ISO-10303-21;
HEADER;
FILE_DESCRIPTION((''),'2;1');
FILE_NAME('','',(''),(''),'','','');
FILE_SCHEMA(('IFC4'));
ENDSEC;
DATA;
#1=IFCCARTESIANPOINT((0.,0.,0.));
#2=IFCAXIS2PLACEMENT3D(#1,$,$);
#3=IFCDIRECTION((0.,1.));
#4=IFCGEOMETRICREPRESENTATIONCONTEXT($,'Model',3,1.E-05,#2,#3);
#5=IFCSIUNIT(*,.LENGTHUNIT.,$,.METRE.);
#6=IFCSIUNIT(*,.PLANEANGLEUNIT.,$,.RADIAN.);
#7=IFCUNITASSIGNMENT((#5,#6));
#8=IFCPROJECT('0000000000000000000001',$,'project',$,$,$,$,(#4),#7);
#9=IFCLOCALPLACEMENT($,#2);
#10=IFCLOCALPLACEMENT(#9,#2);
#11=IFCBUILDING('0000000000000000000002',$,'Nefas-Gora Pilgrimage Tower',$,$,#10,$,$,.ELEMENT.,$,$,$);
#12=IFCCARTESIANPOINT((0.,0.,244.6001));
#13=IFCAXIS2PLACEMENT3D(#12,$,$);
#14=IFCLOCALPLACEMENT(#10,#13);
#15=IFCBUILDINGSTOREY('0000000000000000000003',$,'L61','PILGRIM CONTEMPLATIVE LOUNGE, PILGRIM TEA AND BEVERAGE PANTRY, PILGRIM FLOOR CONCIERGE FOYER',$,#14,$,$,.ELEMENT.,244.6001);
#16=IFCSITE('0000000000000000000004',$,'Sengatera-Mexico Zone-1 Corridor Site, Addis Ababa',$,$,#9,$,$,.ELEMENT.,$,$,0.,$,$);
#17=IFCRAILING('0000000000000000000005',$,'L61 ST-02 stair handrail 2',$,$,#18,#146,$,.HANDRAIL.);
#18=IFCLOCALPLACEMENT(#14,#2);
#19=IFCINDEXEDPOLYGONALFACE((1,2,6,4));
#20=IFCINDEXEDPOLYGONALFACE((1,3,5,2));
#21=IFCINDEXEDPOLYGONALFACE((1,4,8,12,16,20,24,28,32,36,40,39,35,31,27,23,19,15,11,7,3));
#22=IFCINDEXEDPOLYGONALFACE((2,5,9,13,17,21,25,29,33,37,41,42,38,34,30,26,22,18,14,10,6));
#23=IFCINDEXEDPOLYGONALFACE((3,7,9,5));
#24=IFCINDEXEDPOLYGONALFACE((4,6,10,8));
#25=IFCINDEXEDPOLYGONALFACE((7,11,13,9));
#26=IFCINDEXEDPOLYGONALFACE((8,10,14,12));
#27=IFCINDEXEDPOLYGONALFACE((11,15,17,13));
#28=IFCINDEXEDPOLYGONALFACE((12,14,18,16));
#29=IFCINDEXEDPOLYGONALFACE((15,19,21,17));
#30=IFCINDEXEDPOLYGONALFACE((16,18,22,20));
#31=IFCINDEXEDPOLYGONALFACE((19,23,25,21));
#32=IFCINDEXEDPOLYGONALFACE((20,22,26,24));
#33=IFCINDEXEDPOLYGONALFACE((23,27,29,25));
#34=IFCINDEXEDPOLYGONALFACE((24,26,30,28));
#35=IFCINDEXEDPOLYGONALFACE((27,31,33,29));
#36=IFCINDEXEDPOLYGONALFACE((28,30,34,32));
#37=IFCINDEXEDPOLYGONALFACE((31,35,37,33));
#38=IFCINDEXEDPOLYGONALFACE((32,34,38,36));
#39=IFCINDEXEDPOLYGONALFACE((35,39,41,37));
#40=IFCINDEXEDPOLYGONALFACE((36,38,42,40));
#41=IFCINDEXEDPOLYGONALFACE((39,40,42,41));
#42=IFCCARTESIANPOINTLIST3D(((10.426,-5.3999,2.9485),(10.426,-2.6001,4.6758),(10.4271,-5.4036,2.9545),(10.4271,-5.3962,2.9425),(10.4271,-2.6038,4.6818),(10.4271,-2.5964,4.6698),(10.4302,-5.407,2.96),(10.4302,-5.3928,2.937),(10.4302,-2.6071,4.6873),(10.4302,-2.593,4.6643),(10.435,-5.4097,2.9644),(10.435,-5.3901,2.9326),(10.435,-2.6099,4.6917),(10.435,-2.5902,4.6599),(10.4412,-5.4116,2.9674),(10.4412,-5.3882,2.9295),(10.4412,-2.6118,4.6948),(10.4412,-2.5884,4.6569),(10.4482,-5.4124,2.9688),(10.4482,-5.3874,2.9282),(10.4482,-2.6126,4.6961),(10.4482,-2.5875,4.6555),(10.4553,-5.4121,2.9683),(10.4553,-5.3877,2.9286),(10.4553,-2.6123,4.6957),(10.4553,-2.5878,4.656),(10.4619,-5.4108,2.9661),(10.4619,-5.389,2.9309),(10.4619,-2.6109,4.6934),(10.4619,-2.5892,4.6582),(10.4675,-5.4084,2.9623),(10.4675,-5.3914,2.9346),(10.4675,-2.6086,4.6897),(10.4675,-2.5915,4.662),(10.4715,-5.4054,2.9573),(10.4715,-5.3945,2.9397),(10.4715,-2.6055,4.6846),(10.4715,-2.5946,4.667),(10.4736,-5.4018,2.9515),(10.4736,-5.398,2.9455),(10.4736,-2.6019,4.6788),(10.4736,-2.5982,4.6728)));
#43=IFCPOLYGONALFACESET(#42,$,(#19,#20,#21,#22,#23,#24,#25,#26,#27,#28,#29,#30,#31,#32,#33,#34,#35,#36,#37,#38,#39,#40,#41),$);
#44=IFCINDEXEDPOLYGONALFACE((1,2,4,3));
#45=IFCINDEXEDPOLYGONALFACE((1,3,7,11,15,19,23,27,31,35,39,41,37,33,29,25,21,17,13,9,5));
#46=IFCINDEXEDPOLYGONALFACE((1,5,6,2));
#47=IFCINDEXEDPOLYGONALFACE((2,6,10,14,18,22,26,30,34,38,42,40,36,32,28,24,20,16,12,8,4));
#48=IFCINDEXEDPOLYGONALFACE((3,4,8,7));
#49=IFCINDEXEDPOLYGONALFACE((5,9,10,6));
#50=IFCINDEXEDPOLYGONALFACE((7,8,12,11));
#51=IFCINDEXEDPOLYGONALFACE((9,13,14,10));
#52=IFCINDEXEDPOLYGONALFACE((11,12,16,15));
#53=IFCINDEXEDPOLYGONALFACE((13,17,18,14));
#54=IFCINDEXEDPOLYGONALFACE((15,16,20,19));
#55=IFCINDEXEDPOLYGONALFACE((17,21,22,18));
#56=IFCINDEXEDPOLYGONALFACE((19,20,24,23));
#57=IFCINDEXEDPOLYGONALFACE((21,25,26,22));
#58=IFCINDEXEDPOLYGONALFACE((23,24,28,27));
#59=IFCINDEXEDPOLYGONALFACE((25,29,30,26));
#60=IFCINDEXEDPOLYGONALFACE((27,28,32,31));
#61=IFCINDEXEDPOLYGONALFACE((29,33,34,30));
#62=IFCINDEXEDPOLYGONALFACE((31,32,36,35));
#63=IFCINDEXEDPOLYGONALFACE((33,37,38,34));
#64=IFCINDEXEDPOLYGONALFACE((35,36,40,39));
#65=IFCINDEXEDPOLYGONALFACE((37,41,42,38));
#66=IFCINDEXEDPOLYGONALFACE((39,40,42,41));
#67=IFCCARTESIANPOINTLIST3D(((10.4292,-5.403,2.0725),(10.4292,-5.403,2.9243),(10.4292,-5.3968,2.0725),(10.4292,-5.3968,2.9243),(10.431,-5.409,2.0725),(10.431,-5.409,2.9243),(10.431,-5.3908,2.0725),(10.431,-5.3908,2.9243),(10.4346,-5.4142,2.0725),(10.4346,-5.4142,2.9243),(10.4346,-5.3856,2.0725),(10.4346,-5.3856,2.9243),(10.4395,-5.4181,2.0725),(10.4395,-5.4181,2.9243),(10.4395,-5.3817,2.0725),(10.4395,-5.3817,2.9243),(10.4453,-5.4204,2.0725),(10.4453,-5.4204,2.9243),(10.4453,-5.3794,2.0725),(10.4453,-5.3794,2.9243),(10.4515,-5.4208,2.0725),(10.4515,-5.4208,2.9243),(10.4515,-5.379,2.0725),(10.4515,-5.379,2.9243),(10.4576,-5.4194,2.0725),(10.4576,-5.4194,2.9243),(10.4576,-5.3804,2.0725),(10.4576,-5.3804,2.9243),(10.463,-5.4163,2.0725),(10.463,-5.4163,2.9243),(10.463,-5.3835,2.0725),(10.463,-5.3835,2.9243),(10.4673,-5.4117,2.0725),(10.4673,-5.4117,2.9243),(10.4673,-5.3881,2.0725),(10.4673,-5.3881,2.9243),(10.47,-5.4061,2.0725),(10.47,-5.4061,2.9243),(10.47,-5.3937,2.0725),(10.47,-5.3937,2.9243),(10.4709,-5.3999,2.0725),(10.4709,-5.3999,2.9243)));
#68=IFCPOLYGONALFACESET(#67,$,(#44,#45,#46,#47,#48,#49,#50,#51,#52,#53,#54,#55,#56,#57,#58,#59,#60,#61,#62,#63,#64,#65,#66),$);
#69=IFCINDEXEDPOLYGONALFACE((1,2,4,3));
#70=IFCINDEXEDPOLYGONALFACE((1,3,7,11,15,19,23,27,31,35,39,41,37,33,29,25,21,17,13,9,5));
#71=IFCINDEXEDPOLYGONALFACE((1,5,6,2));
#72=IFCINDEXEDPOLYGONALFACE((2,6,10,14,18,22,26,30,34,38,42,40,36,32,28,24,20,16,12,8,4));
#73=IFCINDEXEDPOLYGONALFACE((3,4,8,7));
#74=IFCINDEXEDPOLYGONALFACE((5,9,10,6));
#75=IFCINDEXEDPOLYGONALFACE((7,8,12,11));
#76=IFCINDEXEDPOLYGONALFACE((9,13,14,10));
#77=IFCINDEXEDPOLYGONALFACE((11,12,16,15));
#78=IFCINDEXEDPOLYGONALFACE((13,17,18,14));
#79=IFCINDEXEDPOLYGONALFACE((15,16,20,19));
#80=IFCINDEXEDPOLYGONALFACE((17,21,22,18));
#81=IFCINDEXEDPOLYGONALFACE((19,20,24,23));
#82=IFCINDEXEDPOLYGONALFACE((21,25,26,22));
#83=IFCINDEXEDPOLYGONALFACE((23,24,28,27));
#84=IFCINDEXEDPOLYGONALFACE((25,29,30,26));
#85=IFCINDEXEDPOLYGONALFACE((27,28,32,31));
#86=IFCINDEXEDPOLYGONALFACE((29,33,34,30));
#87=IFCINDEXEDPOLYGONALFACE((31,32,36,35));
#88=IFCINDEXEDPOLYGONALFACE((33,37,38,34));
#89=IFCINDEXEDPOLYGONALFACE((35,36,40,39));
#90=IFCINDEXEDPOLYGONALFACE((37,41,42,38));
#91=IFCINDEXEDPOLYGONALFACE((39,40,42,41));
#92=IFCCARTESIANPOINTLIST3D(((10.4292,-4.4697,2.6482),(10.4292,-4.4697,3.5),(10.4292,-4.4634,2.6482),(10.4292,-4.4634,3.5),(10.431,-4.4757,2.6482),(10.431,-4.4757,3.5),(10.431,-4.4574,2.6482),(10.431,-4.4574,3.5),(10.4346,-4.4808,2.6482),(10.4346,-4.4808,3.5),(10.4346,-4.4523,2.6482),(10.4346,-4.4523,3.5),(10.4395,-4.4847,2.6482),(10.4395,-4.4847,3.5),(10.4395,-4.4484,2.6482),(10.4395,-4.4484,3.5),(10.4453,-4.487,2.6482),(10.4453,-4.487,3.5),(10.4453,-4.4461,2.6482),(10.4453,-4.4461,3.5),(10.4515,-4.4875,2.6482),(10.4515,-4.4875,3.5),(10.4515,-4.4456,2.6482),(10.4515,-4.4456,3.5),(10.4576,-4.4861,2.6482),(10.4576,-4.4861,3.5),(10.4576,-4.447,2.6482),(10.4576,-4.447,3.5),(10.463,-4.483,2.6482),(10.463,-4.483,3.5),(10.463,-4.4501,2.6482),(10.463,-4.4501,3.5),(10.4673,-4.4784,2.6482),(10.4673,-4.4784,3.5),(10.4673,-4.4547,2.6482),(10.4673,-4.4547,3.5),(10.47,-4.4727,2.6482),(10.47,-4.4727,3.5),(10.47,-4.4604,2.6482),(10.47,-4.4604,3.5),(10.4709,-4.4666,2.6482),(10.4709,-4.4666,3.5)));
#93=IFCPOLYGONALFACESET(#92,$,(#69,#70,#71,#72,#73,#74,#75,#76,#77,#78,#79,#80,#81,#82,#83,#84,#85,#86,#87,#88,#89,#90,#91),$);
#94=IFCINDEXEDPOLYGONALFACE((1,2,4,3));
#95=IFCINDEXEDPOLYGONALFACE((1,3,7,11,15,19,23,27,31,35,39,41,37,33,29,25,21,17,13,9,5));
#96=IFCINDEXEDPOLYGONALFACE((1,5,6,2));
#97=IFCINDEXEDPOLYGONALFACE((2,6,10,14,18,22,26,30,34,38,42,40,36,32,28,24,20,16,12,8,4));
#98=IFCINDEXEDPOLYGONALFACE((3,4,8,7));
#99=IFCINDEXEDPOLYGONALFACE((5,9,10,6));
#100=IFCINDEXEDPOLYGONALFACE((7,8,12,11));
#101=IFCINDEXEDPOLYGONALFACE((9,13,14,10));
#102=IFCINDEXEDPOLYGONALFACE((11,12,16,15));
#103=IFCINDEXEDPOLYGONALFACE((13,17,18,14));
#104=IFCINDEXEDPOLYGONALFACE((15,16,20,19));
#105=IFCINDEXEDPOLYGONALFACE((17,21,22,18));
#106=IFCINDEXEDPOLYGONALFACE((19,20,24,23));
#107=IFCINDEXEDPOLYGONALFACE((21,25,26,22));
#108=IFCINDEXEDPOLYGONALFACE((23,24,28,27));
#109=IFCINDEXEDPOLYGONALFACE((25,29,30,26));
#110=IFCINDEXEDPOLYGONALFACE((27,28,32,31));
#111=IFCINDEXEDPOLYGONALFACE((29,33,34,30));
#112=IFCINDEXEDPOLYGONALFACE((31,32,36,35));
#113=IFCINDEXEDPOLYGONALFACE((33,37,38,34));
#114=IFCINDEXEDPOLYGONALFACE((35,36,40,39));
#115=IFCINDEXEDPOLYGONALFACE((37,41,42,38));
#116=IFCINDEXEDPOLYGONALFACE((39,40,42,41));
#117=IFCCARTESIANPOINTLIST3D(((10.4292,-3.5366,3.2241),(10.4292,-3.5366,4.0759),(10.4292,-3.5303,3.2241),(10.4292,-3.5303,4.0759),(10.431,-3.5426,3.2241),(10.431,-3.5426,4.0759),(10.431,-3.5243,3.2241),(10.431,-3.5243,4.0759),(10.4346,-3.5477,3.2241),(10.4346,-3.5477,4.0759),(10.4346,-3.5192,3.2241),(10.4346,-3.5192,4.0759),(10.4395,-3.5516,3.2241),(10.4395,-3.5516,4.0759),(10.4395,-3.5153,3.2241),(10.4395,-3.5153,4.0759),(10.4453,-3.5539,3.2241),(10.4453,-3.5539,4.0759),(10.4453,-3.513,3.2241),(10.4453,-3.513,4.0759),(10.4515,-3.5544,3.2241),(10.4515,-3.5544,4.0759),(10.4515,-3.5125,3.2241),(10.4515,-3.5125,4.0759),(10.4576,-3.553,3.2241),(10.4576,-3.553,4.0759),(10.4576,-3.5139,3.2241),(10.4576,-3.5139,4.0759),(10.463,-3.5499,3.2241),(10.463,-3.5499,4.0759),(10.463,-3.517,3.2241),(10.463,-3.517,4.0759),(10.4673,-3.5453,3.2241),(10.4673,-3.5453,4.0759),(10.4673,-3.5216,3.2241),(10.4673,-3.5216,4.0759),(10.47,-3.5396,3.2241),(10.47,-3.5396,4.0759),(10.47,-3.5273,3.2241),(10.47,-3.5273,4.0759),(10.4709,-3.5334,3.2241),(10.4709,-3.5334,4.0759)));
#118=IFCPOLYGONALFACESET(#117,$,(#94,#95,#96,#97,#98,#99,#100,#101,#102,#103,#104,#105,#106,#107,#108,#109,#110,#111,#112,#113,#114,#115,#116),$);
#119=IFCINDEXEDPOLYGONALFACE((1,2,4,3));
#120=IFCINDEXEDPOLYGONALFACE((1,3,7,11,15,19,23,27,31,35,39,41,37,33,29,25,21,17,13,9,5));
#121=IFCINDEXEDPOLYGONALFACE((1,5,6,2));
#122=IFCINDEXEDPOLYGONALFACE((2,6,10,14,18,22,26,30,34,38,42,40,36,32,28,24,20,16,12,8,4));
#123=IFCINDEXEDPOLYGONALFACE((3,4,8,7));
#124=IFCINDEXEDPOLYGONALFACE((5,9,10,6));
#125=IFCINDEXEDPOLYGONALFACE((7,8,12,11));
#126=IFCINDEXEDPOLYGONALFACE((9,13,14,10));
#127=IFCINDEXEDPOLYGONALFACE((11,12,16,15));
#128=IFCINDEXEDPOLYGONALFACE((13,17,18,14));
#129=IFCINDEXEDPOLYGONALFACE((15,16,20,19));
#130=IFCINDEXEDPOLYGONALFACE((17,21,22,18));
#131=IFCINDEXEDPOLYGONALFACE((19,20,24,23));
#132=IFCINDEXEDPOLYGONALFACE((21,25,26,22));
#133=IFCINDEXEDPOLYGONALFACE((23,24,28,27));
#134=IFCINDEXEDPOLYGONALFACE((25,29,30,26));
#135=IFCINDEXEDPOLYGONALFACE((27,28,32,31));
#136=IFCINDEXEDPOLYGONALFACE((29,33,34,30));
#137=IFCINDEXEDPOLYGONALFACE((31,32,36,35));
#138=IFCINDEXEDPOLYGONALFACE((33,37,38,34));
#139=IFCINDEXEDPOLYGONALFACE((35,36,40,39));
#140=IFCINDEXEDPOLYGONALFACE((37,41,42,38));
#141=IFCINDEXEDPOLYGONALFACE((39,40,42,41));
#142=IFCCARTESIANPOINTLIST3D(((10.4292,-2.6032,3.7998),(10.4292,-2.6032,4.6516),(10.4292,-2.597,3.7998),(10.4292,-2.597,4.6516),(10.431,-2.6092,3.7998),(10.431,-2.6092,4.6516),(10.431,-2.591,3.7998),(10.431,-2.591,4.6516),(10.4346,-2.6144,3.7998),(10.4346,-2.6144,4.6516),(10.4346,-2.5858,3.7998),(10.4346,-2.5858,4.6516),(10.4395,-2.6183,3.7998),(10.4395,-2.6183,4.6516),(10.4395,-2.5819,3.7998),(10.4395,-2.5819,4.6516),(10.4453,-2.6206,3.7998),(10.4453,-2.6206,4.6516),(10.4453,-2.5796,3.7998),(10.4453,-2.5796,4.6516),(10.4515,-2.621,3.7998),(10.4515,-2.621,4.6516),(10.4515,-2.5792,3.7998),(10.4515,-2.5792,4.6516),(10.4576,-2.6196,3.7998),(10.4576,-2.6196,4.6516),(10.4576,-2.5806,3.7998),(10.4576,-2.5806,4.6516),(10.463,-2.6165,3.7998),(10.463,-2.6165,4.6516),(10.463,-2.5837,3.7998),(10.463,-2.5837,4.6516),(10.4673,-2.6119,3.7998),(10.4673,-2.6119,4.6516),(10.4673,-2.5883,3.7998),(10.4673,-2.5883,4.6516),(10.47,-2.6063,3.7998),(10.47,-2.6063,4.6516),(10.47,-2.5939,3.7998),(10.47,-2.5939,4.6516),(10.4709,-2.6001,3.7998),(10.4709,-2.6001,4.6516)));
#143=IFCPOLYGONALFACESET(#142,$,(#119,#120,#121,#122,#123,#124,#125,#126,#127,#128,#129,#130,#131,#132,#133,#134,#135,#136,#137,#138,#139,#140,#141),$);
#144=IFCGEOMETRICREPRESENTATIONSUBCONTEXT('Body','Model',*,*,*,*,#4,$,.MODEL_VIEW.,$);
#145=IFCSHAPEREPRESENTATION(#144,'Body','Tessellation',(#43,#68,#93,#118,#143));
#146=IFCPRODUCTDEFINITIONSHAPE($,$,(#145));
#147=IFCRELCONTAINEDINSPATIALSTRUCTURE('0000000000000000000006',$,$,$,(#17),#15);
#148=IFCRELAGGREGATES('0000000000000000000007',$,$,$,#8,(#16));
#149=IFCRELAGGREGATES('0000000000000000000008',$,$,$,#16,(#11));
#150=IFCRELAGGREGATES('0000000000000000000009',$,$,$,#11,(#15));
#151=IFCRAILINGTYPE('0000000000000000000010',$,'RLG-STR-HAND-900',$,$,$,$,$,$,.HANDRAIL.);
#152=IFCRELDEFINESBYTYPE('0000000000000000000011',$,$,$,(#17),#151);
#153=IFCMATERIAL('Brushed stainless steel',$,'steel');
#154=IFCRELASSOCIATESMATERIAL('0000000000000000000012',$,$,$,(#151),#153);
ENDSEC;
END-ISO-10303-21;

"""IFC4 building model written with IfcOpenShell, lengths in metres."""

from ifc_helpers import new_model, si_unit, direction, frame, origin, origin_2d, place, context, subcontext, project, spatial, circle, extrude, material, type_object, element, save


model = new_model("IFC4")

# Units and contexts
model_context = context("Model", 3, precision=1e-05, world=origin(), true_north=direction((0.0, 1.0)))
body_context = subcontext(model_context, "Body", "Model", "MODEL_VIEW")
ifc_project = project(units=[si_unit("LENGTHUNIT", "METRE"), si_unit("PLANEANGLEUNIT", "RADIAN")], contexts=[model_context])

# Site, building, storey
site_placement = place(None, origin())
site = spatial("IfcSite", under=ifc_project, at=site_placement, Name="Sengatera-Mexico Zone-1 Corridor Site, Addis Ababa", CompositionType="ELEMENT", RefElevation=0.0)
building_placement = place(site_placement, origin())
building = spatial("IfcBuilding", under=site, at=building_placement, Name="Nefas-Gora Pilgrimage Tower", CompositionType="ELEMENT")
storey_placement = place(building_placement, frame((0.0, 0.0, 244.6001)))
storey = spatial("IfcBuildingStorey", under=building, at=storey_placement, Name="L61", Description="PILGRIM CONTEMPLATIVE LOUNGE, PILGRIM TEA AND BEVERAGE PANTRY, PILGRIM FLOOR CONCIERGE FOYER", CompositionType="ELEMENT", Elevation=244.6001)

# Railing
ifc_material_1 = material(Name="Brushed stainless steel", Category="steel")
railing_type_1 = type_object("IfcRailingType", Name="RLG-STR-HAND-900", PredefinedType="HANDRAIL", material=ifc_material_1)
railing_1_placement = place(storey_placement, frame((10.45, -5.3999, 2.0725)))
element("IfcRailing", 1, at=railing_1_placement, inside=storey, type_object=railing_type_1, Name="L61 ST-02 stair handrail 2", PredefinedType="HANDRAIL", context=body_context, shape_type="SweptSolid", body=[
    extrude(circle(Radius=0.0239, at=origin_2d()), frame((0.0, 0.0, 0.876), z_axis=(0.0, 0.851069, 0.525054), x_axis=(-1.0, 0.0, 0.0)), (0.0, 0.0, 1.0), 3.2898),
    extrude(circle(Radius=0.021, at=origin_2d()), origin(), (0.0, 0.0, 1.0), 0.8518),
    extrude(circle(Radius=0.021, at=origin_2d()), frame((0.0, 0.9333, 0.5757)), (0.0, 0.0, 1.0), 0.8518),
    extrude(circle(Radius=0.021, at=origin_2d()), frame((0.0, 1.8665, 1.1516)), (0.0, 0.0, 1.0), 0.8518),
    extrude(circle(Radius=0.021, at=origin_2d()), frame((0.0, 2.7998, 1.7273)), (0.0, 0.0, 1.0), 0.8518),
])

save(model, "model.ifc")
